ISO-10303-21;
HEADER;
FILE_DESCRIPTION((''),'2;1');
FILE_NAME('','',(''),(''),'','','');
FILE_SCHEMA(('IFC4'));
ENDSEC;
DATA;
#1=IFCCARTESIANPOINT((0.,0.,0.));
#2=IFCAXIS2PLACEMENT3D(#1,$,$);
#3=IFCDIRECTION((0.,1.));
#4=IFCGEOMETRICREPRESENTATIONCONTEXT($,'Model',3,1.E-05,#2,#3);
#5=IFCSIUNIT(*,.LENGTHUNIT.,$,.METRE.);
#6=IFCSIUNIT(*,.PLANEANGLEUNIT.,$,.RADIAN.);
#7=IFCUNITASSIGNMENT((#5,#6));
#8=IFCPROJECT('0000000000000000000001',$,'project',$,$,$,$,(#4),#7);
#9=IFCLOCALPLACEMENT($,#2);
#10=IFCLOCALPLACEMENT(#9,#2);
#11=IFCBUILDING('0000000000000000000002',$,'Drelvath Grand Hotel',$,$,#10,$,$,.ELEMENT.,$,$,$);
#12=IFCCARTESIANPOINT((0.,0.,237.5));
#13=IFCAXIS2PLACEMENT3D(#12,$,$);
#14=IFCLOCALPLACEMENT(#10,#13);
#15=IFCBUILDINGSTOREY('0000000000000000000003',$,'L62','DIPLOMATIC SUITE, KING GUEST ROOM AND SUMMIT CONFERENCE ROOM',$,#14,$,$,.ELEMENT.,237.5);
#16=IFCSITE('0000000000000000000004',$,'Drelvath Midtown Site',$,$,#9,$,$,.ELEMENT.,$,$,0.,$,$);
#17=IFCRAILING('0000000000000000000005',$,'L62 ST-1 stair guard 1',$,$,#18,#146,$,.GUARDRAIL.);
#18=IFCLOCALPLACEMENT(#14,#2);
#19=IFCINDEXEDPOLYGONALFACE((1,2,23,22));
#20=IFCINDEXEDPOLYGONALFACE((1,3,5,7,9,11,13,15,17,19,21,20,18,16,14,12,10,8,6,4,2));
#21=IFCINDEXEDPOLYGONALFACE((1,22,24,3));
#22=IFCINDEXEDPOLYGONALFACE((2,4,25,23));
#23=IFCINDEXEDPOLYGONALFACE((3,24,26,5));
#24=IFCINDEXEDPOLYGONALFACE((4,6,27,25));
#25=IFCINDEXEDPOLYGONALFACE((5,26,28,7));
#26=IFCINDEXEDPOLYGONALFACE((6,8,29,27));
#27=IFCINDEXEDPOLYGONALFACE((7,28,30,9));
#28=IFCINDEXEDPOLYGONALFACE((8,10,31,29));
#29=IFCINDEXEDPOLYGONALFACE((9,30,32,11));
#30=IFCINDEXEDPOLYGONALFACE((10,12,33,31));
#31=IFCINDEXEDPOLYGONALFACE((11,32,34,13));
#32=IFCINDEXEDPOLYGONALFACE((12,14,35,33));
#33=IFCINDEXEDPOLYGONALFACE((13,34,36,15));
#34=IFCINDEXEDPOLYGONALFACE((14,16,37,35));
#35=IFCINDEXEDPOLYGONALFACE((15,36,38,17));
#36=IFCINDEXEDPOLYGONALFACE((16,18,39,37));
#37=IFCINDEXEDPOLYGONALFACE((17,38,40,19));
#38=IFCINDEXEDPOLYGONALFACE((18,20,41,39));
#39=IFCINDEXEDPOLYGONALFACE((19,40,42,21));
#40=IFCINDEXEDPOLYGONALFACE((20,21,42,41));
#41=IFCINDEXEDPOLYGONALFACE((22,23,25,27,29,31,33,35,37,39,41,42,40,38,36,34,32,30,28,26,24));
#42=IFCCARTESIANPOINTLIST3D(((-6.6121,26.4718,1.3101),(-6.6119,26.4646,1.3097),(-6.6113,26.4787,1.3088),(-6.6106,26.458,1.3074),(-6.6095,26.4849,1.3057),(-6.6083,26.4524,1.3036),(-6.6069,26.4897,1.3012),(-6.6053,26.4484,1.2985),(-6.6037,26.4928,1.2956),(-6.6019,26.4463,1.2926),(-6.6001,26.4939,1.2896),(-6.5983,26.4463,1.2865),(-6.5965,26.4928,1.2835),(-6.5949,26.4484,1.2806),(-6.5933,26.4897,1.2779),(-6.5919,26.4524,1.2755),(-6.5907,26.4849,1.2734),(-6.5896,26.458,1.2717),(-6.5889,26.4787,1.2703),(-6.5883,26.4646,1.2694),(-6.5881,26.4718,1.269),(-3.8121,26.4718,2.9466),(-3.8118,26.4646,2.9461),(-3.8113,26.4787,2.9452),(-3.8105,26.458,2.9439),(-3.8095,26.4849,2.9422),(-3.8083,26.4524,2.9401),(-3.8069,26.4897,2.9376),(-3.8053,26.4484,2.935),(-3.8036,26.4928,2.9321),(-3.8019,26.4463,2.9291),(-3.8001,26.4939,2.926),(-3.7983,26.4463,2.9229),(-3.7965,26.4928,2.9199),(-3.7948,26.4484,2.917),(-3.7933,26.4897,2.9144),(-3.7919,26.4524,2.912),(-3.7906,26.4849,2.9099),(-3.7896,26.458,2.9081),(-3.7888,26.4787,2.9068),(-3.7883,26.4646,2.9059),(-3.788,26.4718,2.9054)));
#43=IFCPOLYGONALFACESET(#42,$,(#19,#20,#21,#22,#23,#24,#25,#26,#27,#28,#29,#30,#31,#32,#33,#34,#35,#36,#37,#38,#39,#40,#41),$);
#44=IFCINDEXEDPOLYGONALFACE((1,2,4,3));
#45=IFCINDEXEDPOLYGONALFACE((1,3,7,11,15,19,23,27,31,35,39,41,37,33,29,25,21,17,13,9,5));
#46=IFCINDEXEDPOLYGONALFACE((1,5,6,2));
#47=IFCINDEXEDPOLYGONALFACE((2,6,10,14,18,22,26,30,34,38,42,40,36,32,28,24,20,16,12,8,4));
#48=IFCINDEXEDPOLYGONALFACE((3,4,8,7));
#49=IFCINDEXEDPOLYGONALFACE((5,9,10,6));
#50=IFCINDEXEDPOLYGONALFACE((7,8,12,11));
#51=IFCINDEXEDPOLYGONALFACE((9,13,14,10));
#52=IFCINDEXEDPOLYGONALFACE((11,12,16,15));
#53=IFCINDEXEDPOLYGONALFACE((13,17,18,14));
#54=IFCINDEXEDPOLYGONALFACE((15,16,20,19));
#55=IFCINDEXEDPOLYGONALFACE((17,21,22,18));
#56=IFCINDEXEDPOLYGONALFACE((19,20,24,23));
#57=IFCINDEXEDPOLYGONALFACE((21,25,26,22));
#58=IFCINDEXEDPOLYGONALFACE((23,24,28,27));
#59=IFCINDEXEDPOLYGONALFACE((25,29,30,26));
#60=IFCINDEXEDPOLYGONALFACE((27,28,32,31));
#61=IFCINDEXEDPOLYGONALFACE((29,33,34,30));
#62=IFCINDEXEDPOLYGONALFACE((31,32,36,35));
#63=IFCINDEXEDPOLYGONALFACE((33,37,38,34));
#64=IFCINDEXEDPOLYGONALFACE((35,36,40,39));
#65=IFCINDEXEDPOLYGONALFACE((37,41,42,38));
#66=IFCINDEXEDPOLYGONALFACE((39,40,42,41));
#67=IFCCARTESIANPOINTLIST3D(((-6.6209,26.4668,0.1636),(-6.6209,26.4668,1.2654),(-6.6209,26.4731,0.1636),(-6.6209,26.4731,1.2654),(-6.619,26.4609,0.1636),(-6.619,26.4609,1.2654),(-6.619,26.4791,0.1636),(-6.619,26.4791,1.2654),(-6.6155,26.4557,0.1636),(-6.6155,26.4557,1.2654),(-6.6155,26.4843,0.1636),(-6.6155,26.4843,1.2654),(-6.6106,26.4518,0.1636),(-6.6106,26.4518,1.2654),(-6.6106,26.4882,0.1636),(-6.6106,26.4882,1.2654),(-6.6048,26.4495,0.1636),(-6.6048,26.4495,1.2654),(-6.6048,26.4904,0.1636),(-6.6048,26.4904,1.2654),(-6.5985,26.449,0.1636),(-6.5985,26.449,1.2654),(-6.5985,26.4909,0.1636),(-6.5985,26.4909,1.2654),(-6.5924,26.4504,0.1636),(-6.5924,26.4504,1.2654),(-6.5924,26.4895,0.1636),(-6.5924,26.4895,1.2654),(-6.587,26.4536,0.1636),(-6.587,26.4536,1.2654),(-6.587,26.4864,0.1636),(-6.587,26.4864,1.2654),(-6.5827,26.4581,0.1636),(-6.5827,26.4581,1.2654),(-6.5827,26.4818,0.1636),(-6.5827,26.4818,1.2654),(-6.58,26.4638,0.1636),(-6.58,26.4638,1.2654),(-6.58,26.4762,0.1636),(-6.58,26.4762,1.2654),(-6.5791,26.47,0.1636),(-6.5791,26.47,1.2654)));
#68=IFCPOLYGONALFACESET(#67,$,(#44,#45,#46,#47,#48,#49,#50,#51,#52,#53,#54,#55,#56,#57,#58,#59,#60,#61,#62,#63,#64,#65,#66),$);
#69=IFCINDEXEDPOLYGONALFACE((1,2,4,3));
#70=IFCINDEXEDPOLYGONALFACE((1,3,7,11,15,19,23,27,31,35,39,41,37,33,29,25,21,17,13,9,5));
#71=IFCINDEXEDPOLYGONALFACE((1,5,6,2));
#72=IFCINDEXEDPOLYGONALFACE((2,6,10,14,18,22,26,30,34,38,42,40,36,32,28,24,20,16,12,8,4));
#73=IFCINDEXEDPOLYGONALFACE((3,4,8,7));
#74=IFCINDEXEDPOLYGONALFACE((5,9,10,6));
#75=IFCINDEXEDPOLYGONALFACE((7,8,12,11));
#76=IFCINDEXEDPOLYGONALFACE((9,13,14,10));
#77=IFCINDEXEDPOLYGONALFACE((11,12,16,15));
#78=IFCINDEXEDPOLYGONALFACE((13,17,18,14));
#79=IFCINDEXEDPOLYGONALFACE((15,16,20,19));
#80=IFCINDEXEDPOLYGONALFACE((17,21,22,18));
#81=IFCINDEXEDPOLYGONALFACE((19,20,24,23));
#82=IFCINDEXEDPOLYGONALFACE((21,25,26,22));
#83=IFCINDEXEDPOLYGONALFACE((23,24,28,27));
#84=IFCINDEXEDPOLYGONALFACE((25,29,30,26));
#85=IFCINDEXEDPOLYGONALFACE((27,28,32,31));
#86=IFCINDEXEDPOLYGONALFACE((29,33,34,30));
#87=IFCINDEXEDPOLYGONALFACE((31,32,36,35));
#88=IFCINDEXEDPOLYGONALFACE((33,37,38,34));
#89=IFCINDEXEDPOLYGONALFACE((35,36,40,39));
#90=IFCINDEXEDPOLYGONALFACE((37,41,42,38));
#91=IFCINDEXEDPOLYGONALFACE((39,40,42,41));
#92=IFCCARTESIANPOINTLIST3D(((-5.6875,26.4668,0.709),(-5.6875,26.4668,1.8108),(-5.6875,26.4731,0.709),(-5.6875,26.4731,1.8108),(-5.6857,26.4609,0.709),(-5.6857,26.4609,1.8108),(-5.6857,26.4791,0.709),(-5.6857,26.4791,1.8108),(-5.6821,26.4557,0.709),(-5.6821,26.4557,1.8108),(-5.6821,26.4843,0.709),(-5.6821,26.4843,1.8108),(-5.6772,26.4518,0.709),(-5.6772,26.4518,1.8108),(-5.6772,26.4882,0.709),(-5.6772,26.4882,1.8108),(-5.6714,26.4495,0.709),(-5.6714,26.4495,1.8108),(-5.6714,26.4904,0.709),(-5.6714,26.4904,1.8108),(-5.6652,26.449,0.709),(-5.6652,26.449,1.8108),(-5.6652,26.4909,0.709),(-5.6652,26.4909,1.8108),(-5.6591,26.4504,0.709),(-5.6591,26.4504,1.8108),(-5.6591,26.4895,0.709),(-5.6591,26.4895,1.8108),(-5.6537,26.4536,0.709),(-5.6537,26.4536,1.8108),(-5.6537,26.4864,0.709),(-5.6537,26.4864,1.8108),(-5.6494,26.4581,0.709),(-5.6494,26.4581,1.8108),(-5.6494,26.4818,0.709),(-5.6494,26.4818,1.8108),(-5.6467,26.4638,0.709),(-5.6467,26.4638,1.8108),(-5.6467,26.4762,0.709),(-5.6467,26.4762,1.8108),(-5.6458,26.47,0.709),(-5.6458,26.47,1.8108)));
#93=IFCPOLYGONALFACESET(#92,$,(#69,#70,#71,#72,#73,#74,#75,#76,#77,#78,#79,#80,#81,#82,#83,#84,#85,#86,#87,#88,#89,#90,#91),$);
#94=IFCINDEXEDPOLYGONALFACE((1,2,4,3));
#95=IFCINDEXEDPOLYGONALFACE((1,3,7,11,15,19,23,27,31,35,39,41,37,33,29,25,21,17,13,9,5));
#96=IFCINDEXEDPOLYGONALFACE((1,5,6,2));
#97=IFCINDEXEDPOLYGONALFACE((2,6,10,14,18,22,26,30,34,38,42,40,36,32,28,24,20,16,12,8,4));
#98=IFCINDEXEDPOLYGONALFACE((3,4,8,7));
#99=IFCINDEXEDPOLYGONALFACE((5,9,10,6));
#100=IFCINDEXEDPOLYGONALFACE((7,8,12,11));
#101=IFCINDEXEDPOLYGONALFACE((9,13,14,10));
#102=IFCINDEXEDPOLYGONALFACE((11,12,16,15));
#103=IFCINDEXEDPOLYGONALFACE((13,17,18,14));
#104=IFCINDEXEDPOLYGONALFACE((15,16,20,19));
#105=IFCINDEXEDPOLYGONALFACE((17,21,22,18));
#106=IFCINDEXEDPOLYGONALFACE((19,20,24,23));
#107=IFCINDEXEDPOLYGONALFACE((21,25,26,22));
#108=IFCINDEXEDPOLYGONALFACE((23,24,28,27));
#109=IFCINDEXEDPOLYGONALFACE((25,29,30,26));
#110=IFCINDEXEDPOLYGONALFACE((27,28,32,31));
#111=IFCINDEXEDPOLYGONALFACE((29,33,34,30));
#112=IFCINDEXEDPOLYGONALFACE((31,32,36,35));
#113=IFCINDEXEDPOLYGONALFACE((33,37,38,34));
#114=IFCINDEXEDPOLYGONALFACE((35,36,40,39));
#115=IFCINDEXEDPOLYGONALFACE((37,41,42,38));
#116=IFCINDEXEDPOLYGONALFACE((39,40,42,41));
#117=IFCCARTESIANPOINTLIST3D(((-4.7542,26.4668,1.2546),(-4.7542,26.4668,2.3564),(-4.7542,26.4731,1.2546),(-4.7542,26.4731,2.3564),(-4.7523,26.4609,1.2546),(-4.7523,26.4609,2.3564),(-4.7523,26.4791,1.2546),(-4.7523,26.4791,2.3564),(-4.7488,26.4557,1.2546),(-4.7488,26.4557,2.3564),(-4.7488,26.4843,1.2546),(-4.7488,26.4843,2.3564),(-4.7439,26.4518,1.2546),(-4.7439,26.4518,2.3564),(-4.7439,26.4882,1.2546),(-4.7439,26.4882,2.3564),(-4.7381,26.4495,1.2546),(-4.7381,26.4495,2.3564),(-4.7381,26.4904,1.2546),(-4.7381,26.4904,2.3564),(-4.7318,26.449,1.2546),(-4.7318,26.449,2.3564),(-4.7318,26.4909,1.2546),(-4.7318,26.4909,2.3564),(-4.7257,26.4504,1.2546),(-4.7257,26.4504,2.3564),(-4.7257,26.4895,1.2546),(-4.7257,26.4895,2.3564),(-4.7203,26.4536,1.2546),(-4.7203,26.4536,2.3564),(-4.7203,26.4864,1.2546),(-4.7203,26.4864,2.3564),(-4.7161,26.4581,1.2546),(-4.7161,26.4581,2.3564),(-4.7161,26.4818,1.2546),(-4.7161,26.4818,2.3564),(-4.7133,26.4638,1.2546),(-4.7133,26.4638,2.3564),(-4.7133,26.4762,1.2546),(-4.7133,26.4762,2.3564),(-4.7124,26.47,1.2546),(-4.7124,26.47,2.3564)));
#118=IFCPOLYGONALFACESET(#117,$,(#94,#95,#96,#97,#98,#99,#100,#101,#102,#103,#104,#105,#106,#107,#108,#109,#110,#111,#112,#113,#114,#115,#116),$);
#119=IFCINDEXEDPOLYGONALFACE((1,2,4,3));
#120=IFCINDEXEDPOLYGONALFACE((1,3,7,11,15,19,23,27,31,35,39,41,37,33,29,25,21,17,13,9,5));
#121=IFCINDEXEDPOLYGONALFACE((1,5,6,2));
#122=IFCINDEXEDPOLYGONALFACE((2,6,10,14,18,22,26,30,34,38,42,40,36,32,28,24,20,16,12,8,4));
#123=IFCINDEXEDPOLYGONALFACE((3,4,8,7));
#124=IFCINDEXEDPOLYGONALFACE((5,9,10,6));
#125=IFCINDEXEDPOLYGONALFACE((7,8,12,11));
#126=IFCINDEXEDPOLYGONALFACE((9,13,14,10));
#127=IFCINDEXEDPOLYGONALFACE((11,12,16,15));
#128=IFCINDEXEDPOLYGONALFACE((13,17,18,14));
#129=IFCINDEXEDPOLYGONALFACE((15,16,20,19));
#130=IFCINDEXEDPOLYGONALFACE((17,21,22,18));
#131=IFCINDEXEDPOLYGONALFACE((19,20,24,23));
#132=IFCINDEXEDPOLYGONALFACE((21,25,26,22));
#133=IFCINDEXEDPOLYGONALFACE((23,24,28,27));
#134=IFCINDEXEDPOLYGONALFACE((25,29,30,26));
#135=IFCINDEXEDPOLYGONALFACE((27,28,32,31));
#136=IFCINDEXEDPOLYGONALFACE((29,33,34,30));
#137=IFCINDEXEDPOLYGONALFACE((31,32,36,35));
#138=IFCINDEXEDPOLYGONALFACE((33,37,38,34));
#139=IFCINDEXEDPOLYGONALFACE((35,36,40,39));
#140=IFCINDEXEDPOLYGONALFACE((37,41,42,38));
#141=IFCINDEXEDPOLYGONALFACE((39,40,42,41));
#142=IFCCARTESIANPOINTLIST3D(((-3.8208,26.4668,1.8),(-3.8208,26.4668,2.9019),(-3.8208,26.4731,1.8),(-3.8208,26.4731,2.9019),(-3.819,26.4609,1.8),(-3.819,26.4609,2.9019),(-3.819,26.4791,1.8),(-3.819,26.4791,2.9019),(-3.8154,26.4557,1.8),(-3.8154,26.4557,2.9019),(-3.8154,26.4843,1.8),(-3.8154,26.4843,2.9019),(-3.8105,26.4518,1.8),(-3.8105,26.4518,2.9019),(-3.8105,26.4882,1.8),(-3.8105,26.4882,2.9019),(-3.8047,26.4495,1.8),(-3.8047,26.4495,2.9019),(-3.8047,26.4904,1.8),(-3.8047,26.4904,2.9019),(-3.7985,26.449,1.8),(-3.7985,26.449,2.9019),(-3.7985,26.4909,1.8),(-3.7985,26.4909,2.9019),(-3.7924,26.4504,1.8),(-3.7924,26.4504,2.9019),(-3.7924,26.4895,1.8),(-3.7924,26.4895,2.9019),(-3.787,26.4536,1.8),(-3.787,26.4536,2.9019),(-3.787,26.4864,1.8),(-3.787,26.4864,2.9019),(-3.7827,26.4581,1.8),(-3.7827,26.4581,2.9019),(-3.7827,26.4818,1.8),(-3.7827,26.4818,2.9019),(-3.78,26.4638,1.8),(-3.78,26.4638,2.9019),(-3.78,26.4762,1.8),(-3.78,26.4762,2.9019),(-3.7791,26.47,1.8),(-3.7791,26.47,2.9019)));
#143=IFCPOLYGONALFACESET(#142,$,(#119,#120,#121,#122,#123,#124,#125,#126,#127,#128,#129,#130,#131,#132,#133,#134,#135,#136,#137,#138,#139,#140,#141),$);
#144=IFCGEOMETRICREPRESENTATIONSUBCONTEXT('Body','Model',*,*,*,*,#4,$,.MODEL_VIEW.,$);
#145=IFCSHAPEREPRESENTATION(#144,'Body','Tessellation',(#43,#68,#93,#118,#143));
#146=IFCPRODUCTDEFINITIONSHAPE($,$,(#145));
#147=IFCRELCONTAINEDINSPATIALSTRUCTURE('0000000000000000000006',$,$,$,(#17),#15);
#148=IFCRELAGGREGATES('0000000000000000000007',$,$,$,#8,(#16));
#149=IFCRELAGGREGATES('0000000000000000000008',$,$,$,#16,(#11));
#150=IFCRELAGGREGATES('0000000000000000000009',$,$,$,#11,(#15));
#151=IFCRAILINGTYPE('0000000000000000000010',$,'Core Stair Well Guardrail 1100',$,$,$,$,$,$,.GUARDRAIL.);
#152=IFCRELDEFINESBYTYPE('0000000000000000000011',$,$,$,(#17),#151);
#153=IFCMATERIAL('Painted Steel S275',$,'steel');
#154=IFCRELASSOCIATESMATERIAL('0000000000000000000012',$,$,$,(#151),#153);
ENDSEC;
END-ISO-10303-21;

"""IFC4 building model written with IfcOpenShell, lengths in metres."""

from ifc_helpers import new_model, si_unit, direction, frame, origin, origin_2d, place, context, subcontext, project, spatial, circle, extrude, material, type_object, element, save


model = new_model("IFC4")

# Units and contexts
model_context = context("Model", 3, precision=1e-05, world=origin(), true_north=direction((0.0, 1.0)))
body_context = subcontext(model_context, "Body", "Model", "MODEL_VIEW")
ifc_project = project(units=[si_unit("LENGTHUNIT", "METRE"), si_unit("PLANEANGLEUNIT", "RADIAN")], contexts=[model_context])

# Site, building, storey
site_placement = place(None, origin())
site = spatial("IfcSite", under=ifc_project, at=site_placement, Name="Drelvath Midtown Site", CompositionType="ELEMENT", RefElevation=0.0)
building_placement = place(site_placement, origin())
building = spatial("IfcBuilding", under=site, at=building_placement, Name="Drelvath Grand Hotel", CompositionType="ELEMENT")
storey_placement = place(building_placement, frame((0.0, 0.0, 237.5)))
storey = spatial("IfcBuildingStorey", under=building, at=storey_placement, Name="L62", Description="DIPLOMATIC SUITE, KING GUEST ROOM AND SUMMIT CONFERENCE ROOM", CompositionType="ELEMENT", Elevation=237.5)

# Shared definitions
ifc_material_1 = material(Name="Painted Steel S275", Category="steel")

# Railing
railing_type_1 = type_object("IfcRailingType", Name="Core Stair Well Guardrail 1100", PredefinedType="GUARDRAIL", material=ifc_material_1)
railing_1_placement = place(storey_placement, frame((-6.6001, 26.47, 0.1636)))
element("IfcRailing", 1, at=railing_1_placement, inside=storey, type_object=railing_type_1, Name="L62 ST-1 stair guard 1", PredefinedType="GUARDRAIL", context=body_context, shape_type="SweptSolid", body=[
    extrude(circle(Radius=0.0239, at=origin_2d()), frame((0.0, 0.0, 1.126), z_axis=(0.863361, 0.0, 0.504587), x_axis=(0.0, 1.0, 0.0)), (0.0, 0.0, 1.0), 3.2432),
    extrude(circle(Radius=0.021, at=origin_2d()), origin(), (0.0, 0.0, 1.0), 1.1018),
    extrude(circle(Radius=0.021, at=origin_2d()), frame((0.9333, 0.0, 0.5454)), (0.0, 0.0, 1.0), 1.1018),
    extrude(circle(Radius=0.021, at=origin_2d()), frame((1.8667, 0.0, 1.0911)), (0.0, 0.0, 1.0), 1.1018),
    extrude(circle(Radius=0.021, at=origin_2d()), frame((2.8, 0.0, 1.6365)), (0.0, 0.0, 1.0), 1.1018),
])

save(model, "model.ifc")
